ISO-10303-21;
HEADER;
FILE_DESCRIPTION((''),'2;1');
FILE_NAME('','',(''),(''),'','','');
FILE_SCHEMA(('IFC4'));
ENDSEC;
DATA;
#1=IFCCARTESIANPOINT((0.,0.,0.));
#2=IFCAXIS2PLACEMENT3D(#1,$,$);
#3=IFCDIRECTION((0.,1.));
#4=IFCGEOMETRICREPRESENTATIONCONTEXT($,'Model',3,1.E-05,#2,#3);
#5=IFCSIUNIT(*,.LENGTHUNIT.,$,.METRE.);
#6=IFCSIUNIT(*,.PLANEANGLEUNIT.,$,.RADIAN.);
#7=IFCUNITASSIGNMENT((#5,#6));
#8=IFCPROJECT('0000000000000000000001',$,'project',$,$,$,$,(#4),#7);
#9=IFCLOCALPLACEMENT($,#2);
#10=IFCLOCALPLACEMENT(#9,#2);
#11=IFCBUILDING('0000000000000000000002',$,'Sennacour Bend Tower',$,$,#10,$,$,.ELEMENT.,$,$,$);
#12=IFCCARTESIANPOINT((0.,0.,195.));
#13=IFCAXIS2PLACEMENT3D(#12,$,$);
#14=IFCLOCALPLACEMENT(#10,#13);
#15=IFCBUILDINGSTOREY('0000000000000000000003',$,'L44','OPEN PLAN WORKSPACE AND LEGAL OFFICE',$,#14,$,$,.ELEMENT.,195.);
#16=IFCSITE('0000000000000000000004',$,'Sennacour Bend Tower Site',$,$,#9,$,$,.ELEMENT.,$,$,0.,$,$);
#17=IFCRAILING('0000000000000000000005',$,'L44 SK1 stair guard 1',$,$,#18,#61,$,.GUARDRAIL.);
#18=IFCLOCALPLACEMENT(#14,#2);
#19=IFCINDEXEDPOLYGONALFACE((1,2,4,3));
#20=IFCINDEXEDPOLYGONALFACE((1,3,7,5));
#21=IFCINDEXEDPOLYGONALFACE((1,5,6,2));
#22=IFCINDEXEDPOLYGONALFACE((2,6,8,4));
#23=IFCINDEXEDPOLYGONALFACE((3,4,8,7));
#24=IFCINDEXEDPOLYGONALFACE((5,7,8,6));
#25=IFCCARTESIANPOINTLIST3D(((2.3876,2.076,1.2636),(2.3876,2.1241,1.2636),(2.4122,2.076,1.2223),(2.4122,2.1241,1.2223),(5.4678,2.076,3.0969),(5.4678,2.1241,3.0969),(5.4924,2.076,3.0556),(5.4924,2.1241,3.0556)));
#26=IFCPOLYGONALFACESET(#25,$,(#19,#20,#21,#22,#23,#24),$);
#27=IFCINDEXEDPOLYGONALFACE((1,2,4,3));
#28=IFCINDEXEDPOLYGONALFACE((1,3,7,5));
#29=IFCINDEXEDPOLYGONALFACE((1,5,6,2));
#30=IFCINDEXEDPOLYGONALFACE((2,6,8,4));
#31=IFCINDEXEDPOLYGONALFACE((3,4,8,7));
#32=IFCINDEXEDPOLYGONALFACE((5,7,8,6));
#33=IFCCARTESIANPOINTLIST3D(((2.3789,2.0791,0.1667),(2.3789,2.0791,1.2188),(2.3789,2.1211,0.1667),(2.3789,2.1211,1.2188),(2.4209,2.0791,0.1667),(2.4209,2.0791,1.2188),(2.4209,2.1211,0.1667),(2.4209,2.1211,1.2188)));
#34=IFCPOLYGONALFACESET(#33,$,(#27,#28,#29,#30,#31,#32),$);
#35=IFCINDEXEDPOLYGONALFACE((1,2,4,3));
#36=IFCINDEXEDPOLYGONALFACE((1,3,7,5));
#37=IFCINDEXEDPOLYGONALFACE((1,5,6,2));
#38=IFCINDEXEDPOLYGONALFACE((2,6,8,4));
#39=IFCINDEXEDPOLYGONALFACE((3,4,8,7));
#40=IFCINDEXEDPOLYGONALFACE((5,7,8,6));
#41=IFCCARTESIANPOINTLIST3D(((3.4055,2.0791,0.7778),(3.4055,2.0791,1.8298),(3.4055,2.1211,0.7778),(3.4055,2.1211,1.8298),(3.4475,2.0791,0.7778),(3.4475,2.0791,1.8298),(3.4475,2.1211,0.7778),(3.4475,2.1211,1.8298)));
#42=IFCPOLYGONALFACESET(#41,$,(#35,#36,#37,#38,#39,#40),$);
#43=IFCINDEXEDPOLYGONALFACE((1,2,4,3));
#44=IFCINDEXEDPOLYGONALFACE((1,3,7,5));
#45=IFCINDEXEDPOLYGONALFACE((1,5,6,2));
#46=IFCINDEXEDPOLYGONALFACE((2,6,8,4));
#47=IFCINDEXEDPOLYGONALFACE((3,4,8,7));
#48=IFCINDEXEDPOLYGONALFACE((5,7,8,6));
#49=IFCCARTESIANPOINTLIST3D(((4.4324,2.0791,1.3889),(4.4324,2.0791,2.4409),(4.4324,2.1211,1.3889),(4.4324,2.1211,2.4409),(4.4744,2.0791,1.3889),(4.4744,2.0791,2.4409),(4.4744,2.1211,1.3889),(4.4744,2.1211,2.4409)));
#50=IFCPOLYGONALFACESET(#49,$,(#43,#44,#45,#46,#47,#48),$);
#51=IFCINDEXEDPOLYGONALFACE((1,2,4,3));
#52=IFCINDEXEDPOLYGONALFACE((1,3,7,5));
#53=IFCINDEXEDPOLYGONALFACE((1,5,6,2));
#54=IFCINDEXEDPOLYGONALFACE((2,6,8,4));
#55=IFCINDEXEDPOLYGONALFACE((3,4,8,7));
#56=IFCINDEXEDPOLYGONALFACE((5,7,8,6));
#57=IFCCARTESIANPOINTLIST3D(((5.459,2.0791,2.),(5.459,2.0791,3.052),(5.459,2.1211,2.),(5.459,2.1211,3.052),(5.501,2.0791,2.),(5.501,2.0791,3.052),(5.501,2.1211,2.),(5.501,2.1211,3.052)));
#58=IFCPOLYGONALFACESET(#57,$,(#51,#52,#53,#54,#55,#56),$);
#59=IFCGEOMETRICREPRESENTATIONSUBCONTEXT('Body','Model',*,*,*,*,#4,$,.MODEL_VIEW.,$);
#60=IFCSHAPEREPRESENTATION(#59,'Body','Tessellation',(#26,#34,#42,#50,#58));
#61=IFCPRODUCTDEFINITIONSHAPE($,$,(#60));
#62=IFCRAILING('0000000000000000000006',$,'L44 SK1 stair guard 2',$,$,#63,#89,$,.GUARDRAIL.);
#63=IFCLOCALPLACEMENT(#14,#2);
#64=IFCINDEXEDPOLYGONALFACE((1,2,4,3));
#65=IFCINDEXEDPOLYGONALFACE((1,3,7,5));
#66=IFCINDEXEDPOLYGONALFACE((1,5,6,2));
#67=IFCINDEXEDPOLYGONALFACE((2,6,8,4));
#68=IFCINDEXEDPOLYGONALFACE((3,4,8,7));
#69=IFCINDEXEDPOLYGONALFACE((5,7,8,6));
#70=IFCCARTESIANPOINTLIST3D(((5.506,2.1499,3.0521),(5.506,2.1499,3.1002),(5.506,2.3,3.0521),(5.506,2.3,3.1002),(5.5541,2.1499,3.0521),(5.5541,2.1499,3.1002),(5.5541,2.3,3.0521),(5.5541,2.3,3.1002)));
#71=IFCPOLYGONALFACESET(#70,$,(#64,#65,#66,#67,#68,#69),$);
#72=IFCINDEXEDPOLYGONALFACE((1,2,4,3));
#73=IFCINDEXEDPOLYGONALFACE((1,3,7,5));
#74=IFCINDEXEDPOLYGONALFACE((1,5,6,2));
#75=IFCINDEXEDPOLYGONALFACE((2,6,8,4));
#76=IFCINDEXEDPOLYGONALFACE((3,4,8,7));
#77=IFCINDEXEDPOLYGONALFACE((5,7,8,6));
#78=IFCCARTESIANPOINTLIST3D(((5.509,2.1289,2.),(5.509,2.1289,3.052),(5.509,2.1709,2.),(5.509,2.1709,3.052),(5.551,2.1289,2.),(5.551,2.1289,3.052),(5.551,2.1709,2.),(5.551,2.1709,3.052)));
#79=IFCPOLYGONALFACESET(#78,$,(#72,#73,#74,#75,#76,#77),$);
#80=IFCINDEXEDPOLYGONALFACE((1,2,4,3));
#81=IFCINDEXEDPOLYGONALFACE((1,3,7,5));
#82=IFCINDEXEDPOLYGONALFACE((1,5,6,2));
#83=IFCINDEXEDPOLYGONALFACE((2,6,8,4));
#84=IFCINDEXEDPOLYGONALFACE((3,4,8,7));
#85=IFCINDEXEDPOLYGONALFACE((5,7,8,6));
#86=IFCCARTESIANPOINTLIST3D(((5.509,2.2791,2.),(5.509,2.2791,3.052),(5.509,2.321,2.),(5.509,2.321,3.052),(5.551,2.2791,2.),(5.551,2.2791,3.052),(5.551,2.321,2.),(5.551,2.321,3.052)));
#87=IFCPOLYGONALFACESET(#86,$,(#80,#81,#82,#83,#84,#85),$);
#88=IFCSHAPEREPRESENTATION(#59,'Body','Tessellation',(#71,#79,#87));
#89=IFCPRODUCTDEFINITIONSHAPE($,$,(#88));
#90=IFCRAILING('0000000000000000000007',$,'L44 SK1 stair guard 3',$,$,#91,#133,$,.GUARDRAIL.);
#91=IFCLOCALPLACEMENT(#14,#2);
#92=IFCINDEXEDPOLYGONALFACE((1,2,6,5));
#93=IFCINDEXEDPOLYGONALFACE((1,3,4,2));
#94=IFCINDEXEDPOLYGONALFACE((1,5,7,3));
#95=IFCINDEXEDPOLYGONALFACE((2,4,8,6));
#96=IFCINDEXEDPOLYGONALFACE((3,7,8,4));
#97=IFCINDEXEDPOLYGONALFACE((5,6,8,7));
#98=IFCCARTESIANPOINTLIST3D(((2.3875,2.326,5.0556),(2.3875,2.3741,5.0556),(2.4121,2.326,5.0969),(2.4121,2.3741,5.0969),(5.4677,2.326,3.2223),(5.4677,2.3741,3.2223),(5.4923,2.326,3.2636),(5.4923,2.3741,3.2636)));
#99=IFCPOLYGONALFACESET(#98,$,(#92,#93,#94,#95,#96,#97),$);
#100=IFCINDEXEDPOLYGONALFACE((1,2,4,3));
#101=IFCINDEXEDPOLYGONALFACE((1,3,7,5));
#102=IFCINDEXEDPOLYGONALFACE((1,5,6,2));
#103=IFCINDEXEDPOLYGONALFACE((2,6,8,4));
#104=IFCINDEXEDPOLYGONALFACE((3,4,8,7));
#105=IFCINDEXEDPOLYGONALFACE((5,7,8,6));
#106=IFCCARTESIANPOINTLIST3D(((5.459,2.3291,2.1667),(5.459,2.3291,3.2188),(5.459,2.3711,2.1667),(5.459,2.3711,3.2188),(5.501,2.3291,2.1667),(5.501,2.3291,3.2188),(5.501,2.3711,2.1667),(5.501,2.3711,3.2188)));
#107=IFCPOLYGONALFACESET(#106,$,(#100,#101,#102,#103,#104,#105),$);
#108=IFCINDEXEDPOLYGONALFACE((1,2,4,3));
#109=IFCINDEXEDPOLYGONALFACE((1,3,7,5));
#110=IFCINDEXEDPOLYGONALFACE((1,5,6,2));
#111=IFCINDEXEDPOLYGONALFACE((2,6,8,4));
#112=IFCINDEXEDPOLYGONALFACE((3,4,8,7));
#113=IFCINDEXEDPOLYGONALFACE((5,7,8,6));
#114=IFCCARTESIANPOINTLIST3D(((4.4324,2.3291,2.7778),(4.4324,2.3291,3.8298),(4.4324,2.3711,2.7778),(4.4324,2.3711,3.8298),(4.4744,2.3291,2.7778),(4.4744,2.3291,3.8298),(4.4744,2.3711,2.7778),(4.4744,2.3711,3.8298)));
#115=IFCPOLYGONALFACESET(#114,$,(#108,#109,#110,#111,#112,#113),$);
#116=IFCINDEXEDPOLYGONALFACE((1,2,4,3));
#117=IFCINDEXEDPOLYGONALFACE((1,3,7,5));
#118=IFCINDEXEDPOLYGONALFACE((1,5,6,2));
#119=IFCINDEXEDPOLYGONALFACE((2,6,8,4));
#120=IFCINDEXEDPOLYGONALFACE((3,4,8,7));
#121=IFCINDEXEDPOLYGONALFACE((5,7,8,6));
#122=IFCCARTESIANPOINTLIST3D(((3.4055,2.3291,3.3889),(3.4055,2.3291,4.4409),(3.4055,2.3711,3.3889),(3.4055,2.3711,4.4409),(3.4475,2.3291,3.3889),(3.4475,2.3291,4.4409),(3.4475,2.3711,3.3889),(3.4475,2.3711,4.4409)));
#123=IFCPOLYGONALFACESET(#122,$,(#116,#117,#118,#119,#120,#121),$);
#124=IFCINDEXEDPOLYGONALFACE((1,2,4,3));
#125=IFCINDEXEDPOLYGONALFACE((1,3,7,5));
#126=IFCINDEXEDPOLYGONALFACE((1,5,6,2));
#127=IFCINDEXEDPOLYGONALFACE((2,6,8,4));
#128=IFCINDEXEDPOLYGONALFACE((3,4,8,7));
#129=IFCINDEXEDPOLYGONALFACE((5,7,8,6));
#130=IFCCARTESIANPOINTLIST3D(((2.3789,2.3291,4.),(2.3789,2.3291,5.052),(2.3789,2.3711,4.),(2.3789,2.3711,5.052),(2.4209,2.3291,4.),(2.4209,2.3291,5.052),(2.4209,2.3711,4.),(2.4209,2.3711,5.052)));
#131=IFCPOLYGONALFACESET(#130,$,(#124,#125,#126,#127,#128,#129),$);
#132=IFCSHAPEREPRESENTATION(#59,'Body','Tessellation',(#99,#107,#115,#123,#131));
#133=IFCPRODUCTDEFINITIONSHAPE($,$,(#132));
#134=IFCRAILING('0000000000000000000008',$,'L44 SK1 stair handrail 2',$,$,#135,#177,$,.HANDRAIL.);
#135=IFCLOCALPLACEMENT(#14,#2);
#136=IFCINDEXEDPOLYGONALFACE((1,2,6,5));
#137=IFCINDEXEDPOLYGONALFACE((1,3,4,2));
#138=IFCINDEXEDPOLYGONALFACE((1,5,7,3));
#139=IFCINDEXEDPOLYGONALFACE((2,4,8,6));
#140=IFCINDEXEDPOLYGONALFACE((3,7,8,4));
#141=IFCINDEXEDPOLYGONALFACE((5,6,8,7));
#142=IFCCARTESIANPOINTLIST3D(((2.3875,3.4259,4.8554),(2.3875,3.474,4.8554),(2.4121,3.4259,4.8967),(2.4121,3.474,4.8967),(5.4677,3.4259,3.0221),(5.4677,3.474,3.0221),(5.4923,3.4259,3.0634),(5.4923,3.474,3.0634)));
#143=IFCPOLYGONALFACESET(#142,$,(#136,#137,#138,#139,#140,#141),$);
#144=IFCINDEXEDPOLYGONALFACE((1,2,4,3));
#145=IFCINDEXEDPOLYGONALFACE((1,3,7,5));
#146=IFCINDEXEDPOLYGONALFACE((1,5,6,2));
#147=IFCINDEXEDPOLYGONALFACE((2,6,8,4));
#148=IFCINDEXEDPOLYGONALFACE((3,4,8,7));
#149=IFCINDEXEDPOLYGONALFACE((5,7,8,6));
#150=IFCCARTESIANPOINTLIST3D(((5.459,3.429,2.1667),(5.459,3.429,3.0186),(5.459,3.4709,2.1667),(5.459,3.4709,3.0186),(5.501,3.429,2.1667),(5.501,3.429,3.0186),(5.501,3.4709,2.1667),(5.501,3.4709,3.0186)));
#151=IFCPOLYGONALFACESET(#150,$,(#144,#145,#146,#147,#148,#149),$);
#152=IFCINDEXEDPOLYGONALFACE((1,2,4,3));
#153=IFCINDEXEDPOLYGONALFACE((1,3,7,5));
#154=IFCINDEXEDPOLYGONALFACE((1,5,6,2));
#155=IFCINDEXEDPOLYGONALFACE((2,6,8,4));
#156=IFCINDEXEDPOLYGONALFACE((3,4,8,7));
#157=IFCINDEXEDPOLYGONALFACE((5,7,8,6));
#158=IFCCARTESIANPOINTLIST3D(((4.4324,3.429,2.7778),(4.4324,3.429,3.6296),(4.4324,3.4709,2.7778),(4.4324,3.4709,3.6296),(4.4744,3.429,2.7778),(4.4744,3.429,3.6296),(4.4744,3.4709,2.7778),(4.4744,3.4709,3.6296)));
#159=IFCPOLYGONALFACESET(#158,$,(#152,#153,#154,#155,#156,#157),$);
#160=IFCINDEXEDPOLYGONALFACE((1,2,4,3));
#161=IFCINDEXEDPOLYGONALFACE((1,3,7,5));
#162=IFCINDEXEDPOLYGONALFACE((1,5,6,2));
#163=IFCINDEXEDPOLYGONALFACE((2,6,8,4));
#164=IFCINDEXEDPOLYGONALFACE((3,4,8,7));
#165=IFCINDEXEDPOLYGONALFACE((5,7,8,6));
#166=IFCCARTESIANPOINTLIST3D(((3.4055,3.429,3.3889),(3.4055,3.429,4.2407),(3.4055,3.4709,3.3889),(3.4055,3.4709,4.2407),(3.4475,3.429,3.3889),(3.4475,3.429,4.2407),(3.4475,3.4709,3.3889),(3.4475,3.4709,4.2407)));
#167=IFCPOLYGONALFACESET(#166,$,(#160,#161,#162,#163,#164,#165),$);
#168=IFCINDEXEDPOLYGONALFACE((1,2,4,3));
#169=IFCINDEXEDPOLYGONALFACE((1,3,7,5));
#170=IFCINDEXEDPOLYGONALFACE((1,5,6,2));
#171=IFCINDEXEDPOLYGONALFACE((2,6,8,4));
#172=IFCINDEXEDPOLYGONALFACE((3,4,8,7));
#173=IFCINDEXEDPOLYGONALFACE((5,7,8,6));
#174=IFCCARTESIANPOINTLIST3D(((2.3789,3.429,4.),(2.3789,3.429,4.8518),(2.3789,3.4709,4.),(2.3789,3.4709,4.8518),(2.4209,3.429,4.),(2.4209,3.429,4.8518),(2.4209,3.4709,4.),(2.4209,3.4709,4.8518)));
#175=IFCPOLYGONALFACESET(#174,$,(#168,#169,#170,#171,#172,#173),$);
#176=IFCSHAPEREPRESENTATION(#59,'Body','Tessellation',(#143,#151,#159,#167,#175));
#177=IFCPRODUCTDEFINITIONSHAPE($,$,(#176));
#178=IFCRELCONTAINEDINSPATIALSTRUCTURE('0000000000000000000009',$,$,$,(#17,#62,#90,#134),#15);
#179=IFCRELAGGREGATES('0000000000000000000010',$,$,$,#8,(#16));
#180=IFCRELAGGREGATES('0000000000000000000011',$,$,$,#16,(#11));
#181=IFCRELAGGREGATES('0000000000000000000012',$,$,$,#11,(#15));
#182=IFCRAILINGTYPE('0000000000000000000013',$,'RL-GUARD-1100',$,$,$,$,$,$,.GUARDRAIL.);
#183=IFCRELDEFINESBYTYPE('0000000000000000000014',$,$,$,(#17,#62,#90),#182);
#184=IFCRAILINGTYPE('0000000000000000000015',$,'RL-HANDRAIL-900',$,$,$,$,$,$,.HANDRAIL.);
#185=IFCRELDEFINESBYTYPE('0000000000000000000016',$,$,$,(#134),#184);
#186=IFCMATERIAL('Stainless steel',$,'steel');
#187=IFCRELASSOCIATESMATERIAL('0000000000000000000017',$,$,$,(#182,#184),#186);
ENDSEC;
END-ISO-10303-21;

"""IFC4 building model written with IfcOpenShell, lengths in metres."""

from ifc_helpers import new_model, si_unit, direction, frame, origin, origin_2d, place, context, subcontext, project, spatial, rectangle, extrude, material, type_object, element, save


model = new_model("IFC4")

# Units and contexts
model_context = context("Model", 3, precision=1e-05, world=origin(), true_north=direction((0.0, 1.0)))
body_context = subcontext(model_context, "Body", "Model", "MODEL_VIEW")
ifc_project = project(units=[si_unit("LENGTHUNIT", "METRE"), si_unit("PLANEANGLEUNIT", "RADIAN")], contexts=[model_context])

# Site, building, storey
site_placement = place(None, origin())
site = spatial("IfcSite", under=ifc_project, at=site_placement, Name="Sennacour Bend Tower Site", CompositionType="ELEMENT", RefElevation=0.0)
building_placement = place(site_placement, origin())
building = spatial("IfcBuilding", under=site, at=building_placement, Name="Sennacour Bend Tower", CompositionType="ELEMENT")
storey_placement = place(building_placement, frame((0.0, 0.0, 195.0)))
storey = spatial("IfcBuildingStorey", under=building, at=storey_placement, Name="L44", Description="OPEN PLAN WORKSPACE AND LEGAL OFFICE", CompositionType="ELEMENT", Elevation=195.0)

# Railings
ifc_material_1 = material(Name="Stainless steel", Category="steel")
railing_type_1 = type_object("IfcRailingType", Name="RL-GUARD-1100", PredefinedType="GUARDRAIL", material=ifc_material_1)
railing_1_placement = place(storey_placement, frame((2.3999, 2.1001, 0.1667)))
element("IfcRailing", 1, at=railing_1_placement, inside=storey, type_object=railing_type_1, Name="L44 SK1 stair guard 1", PredefinedType="GUARDRAIL", context=body_context, shape_type="SweptSolid", body=[
    extrude(rectangle(XDim=0.0481, YDim=0.0481, at=origin_2d()), frame((0.0, 0.0, 1.0762), z_axis=(0.859309, 0.0, 0.511458), x_axis=(0.0, 1.0, 0.0)), (0.0, 0.0, 1.0), 3.5845),
    extrude(rectangle(XDim=0.042, YDim=0.042, at=origin_2d()), origin(), (0.0, 0.0, 1.0), 1.052),
    extrude(rectangle(XDim=0.042, YDim=0.042, at=origin_2d()), frame((1.0266, 0.0, 0.6111)), (0.0, 0.0, 1.0), 1.052),
    extrude(rectangle(XDim=0.042, YDim=0.042, at=origin_2d()), frame((2.0535, 0.0, 1.2222)), (0.0, 0.0, 1.0), 1.052),
    extrude(rectangle(XDim=0.042, YDim=0.042, at=origin_2d()), frame((3.0801, 0.0, 1.8333)), (0.0, 0.0, 1.0), 1.052),
])
railing_2_placement = place(storey_placement, frame((5.53, 2.1499, 2.0)))
element("IfcRailing", 2, at=railing_2_placement, inside=storey, type_object=railing_type_1, Name="L44 SK1 stair guard 2", PredefinedType="GUARDRAIL", context=body_context, shape_type="SweptSolid", body=[
    extrude(rectangle(XDim=0.0481, YDim=0.0481, at=origin_2d()), frame((0.0, 0.0, 1.0762), z_axis=(0.0, 1.0, 0.0), x_axis=(-1.0, 0.0, 0.0)), (0.0, 0.0, 1.0), 0.1501),
    extrude(rectangle(XDim=0.042, YDim=0.042, at=origin_2d()), origin(), (0.0, 0.0, 1.0), 1.052),
    extrude(rectangle(XDim=0.042, YDim=0.042, at=origin_2d()), frame((0.0, 0.1501, 0.0)), (0.0, 0.0, 1.0), 1.052),
])
railing_3_placement = place(storey_placement, frame((5.48, 2.3501, 2.1667)))
element("IfcRailing", 3, at=railing_3_placement, inside=storey, type_object=railing_type_1, Name="L44 SK1 stair guard 3", PredefinedType="GUARDRAIL", context=body_context, shape_type="SweptSolid", body=[
    extrude(rectangle(XDim=0.0481, YDim=0.0481, at=origin_2d()), frame((0.0, 0.0, 1.0762), z_axis=(-0.859309, 0.0, 0.511458), x_axis=(0.0, -1.0, 0.0)), (0.0, 0.0, 1.0), 3.5845),
    extrude(rectangle(XDim=0.042, YDim=0.042, at=origin_2d()), origin(), (0.0, 0.0, 1.0), 1.052),
    extrude(rectangle(XDim=0.042, YDim=0.042, at=origin_2d()), frame((-1.0266, 0.0, 0.6111)), (0.0, 0.0, 1.0), 1.052),
    extrude(rectangle(XDim=0.042, YDim=0.042, at=origin_2d()), frame((-2.0535, 0.0, 1.2222)), (0.0, 0.0, 1.0), 1.052),
    extrude(rectangle(XDim=0.042, YDim=0.042, at=origin_2d()), frame((-3.0801, 0.0, 1.8333)), (0.0, 0.0, 1.0), 1.052),
])
railing_type_2 = type_object("IfcRailingType", Name="RL-HANDRAIL-900", PredefinedType="HANDRAIL", material=ifc_material_1)
railing_4_placement = place(storey_placement, frame((5.48, 3.45, 2.1667)))
element("IfcRailing", 4, at=railing_4_placement, inside=storey, type_object=railing_type_2, Name="L44 SK1 stair handrail 2", PredefinedType="HANDRAIL", context=body_context, shape_type="SweptSolid", body=[
    extrude(rectangle(XDim=0.0481, YDim=0.0481, at=origin_2d()), frame((0.0, 0.0, 0.876), z_axis=(-0.859309, 0.0, 0.511458), x_axis=(0.0, -1.0, 0.0)), (0.0, 0.0, 1.0), 3.5845),
    extrude(rectangle(XDim=0.042, YDim=0.042, at=origin_2d()), origin(), (0.0, 0.0, 1.0), 0.8518),
    extrude(rectangle(XDim=0.042, YDim=0.042, at=origin_2d()), frame((-1.0266, 0.0, 0.6111)), (0.0, 0.0, 1.0), 0.8518),
    extrude(rectangle(XDim=0.042, YDim=0.042, at=origin_2d()), frame((-2.0535, 0.0, 1.2222)), (0.0, 0.0, 1.0), 0.8518),
    extrude(rectangle(XDim=0.042, YDim=0.042, at=origin_2d()), frame((-3.0801, 0.0, 1.8333)), (0.0, 0.0, 1.0), 0.8518),
])

save(model, "model.ifc")
